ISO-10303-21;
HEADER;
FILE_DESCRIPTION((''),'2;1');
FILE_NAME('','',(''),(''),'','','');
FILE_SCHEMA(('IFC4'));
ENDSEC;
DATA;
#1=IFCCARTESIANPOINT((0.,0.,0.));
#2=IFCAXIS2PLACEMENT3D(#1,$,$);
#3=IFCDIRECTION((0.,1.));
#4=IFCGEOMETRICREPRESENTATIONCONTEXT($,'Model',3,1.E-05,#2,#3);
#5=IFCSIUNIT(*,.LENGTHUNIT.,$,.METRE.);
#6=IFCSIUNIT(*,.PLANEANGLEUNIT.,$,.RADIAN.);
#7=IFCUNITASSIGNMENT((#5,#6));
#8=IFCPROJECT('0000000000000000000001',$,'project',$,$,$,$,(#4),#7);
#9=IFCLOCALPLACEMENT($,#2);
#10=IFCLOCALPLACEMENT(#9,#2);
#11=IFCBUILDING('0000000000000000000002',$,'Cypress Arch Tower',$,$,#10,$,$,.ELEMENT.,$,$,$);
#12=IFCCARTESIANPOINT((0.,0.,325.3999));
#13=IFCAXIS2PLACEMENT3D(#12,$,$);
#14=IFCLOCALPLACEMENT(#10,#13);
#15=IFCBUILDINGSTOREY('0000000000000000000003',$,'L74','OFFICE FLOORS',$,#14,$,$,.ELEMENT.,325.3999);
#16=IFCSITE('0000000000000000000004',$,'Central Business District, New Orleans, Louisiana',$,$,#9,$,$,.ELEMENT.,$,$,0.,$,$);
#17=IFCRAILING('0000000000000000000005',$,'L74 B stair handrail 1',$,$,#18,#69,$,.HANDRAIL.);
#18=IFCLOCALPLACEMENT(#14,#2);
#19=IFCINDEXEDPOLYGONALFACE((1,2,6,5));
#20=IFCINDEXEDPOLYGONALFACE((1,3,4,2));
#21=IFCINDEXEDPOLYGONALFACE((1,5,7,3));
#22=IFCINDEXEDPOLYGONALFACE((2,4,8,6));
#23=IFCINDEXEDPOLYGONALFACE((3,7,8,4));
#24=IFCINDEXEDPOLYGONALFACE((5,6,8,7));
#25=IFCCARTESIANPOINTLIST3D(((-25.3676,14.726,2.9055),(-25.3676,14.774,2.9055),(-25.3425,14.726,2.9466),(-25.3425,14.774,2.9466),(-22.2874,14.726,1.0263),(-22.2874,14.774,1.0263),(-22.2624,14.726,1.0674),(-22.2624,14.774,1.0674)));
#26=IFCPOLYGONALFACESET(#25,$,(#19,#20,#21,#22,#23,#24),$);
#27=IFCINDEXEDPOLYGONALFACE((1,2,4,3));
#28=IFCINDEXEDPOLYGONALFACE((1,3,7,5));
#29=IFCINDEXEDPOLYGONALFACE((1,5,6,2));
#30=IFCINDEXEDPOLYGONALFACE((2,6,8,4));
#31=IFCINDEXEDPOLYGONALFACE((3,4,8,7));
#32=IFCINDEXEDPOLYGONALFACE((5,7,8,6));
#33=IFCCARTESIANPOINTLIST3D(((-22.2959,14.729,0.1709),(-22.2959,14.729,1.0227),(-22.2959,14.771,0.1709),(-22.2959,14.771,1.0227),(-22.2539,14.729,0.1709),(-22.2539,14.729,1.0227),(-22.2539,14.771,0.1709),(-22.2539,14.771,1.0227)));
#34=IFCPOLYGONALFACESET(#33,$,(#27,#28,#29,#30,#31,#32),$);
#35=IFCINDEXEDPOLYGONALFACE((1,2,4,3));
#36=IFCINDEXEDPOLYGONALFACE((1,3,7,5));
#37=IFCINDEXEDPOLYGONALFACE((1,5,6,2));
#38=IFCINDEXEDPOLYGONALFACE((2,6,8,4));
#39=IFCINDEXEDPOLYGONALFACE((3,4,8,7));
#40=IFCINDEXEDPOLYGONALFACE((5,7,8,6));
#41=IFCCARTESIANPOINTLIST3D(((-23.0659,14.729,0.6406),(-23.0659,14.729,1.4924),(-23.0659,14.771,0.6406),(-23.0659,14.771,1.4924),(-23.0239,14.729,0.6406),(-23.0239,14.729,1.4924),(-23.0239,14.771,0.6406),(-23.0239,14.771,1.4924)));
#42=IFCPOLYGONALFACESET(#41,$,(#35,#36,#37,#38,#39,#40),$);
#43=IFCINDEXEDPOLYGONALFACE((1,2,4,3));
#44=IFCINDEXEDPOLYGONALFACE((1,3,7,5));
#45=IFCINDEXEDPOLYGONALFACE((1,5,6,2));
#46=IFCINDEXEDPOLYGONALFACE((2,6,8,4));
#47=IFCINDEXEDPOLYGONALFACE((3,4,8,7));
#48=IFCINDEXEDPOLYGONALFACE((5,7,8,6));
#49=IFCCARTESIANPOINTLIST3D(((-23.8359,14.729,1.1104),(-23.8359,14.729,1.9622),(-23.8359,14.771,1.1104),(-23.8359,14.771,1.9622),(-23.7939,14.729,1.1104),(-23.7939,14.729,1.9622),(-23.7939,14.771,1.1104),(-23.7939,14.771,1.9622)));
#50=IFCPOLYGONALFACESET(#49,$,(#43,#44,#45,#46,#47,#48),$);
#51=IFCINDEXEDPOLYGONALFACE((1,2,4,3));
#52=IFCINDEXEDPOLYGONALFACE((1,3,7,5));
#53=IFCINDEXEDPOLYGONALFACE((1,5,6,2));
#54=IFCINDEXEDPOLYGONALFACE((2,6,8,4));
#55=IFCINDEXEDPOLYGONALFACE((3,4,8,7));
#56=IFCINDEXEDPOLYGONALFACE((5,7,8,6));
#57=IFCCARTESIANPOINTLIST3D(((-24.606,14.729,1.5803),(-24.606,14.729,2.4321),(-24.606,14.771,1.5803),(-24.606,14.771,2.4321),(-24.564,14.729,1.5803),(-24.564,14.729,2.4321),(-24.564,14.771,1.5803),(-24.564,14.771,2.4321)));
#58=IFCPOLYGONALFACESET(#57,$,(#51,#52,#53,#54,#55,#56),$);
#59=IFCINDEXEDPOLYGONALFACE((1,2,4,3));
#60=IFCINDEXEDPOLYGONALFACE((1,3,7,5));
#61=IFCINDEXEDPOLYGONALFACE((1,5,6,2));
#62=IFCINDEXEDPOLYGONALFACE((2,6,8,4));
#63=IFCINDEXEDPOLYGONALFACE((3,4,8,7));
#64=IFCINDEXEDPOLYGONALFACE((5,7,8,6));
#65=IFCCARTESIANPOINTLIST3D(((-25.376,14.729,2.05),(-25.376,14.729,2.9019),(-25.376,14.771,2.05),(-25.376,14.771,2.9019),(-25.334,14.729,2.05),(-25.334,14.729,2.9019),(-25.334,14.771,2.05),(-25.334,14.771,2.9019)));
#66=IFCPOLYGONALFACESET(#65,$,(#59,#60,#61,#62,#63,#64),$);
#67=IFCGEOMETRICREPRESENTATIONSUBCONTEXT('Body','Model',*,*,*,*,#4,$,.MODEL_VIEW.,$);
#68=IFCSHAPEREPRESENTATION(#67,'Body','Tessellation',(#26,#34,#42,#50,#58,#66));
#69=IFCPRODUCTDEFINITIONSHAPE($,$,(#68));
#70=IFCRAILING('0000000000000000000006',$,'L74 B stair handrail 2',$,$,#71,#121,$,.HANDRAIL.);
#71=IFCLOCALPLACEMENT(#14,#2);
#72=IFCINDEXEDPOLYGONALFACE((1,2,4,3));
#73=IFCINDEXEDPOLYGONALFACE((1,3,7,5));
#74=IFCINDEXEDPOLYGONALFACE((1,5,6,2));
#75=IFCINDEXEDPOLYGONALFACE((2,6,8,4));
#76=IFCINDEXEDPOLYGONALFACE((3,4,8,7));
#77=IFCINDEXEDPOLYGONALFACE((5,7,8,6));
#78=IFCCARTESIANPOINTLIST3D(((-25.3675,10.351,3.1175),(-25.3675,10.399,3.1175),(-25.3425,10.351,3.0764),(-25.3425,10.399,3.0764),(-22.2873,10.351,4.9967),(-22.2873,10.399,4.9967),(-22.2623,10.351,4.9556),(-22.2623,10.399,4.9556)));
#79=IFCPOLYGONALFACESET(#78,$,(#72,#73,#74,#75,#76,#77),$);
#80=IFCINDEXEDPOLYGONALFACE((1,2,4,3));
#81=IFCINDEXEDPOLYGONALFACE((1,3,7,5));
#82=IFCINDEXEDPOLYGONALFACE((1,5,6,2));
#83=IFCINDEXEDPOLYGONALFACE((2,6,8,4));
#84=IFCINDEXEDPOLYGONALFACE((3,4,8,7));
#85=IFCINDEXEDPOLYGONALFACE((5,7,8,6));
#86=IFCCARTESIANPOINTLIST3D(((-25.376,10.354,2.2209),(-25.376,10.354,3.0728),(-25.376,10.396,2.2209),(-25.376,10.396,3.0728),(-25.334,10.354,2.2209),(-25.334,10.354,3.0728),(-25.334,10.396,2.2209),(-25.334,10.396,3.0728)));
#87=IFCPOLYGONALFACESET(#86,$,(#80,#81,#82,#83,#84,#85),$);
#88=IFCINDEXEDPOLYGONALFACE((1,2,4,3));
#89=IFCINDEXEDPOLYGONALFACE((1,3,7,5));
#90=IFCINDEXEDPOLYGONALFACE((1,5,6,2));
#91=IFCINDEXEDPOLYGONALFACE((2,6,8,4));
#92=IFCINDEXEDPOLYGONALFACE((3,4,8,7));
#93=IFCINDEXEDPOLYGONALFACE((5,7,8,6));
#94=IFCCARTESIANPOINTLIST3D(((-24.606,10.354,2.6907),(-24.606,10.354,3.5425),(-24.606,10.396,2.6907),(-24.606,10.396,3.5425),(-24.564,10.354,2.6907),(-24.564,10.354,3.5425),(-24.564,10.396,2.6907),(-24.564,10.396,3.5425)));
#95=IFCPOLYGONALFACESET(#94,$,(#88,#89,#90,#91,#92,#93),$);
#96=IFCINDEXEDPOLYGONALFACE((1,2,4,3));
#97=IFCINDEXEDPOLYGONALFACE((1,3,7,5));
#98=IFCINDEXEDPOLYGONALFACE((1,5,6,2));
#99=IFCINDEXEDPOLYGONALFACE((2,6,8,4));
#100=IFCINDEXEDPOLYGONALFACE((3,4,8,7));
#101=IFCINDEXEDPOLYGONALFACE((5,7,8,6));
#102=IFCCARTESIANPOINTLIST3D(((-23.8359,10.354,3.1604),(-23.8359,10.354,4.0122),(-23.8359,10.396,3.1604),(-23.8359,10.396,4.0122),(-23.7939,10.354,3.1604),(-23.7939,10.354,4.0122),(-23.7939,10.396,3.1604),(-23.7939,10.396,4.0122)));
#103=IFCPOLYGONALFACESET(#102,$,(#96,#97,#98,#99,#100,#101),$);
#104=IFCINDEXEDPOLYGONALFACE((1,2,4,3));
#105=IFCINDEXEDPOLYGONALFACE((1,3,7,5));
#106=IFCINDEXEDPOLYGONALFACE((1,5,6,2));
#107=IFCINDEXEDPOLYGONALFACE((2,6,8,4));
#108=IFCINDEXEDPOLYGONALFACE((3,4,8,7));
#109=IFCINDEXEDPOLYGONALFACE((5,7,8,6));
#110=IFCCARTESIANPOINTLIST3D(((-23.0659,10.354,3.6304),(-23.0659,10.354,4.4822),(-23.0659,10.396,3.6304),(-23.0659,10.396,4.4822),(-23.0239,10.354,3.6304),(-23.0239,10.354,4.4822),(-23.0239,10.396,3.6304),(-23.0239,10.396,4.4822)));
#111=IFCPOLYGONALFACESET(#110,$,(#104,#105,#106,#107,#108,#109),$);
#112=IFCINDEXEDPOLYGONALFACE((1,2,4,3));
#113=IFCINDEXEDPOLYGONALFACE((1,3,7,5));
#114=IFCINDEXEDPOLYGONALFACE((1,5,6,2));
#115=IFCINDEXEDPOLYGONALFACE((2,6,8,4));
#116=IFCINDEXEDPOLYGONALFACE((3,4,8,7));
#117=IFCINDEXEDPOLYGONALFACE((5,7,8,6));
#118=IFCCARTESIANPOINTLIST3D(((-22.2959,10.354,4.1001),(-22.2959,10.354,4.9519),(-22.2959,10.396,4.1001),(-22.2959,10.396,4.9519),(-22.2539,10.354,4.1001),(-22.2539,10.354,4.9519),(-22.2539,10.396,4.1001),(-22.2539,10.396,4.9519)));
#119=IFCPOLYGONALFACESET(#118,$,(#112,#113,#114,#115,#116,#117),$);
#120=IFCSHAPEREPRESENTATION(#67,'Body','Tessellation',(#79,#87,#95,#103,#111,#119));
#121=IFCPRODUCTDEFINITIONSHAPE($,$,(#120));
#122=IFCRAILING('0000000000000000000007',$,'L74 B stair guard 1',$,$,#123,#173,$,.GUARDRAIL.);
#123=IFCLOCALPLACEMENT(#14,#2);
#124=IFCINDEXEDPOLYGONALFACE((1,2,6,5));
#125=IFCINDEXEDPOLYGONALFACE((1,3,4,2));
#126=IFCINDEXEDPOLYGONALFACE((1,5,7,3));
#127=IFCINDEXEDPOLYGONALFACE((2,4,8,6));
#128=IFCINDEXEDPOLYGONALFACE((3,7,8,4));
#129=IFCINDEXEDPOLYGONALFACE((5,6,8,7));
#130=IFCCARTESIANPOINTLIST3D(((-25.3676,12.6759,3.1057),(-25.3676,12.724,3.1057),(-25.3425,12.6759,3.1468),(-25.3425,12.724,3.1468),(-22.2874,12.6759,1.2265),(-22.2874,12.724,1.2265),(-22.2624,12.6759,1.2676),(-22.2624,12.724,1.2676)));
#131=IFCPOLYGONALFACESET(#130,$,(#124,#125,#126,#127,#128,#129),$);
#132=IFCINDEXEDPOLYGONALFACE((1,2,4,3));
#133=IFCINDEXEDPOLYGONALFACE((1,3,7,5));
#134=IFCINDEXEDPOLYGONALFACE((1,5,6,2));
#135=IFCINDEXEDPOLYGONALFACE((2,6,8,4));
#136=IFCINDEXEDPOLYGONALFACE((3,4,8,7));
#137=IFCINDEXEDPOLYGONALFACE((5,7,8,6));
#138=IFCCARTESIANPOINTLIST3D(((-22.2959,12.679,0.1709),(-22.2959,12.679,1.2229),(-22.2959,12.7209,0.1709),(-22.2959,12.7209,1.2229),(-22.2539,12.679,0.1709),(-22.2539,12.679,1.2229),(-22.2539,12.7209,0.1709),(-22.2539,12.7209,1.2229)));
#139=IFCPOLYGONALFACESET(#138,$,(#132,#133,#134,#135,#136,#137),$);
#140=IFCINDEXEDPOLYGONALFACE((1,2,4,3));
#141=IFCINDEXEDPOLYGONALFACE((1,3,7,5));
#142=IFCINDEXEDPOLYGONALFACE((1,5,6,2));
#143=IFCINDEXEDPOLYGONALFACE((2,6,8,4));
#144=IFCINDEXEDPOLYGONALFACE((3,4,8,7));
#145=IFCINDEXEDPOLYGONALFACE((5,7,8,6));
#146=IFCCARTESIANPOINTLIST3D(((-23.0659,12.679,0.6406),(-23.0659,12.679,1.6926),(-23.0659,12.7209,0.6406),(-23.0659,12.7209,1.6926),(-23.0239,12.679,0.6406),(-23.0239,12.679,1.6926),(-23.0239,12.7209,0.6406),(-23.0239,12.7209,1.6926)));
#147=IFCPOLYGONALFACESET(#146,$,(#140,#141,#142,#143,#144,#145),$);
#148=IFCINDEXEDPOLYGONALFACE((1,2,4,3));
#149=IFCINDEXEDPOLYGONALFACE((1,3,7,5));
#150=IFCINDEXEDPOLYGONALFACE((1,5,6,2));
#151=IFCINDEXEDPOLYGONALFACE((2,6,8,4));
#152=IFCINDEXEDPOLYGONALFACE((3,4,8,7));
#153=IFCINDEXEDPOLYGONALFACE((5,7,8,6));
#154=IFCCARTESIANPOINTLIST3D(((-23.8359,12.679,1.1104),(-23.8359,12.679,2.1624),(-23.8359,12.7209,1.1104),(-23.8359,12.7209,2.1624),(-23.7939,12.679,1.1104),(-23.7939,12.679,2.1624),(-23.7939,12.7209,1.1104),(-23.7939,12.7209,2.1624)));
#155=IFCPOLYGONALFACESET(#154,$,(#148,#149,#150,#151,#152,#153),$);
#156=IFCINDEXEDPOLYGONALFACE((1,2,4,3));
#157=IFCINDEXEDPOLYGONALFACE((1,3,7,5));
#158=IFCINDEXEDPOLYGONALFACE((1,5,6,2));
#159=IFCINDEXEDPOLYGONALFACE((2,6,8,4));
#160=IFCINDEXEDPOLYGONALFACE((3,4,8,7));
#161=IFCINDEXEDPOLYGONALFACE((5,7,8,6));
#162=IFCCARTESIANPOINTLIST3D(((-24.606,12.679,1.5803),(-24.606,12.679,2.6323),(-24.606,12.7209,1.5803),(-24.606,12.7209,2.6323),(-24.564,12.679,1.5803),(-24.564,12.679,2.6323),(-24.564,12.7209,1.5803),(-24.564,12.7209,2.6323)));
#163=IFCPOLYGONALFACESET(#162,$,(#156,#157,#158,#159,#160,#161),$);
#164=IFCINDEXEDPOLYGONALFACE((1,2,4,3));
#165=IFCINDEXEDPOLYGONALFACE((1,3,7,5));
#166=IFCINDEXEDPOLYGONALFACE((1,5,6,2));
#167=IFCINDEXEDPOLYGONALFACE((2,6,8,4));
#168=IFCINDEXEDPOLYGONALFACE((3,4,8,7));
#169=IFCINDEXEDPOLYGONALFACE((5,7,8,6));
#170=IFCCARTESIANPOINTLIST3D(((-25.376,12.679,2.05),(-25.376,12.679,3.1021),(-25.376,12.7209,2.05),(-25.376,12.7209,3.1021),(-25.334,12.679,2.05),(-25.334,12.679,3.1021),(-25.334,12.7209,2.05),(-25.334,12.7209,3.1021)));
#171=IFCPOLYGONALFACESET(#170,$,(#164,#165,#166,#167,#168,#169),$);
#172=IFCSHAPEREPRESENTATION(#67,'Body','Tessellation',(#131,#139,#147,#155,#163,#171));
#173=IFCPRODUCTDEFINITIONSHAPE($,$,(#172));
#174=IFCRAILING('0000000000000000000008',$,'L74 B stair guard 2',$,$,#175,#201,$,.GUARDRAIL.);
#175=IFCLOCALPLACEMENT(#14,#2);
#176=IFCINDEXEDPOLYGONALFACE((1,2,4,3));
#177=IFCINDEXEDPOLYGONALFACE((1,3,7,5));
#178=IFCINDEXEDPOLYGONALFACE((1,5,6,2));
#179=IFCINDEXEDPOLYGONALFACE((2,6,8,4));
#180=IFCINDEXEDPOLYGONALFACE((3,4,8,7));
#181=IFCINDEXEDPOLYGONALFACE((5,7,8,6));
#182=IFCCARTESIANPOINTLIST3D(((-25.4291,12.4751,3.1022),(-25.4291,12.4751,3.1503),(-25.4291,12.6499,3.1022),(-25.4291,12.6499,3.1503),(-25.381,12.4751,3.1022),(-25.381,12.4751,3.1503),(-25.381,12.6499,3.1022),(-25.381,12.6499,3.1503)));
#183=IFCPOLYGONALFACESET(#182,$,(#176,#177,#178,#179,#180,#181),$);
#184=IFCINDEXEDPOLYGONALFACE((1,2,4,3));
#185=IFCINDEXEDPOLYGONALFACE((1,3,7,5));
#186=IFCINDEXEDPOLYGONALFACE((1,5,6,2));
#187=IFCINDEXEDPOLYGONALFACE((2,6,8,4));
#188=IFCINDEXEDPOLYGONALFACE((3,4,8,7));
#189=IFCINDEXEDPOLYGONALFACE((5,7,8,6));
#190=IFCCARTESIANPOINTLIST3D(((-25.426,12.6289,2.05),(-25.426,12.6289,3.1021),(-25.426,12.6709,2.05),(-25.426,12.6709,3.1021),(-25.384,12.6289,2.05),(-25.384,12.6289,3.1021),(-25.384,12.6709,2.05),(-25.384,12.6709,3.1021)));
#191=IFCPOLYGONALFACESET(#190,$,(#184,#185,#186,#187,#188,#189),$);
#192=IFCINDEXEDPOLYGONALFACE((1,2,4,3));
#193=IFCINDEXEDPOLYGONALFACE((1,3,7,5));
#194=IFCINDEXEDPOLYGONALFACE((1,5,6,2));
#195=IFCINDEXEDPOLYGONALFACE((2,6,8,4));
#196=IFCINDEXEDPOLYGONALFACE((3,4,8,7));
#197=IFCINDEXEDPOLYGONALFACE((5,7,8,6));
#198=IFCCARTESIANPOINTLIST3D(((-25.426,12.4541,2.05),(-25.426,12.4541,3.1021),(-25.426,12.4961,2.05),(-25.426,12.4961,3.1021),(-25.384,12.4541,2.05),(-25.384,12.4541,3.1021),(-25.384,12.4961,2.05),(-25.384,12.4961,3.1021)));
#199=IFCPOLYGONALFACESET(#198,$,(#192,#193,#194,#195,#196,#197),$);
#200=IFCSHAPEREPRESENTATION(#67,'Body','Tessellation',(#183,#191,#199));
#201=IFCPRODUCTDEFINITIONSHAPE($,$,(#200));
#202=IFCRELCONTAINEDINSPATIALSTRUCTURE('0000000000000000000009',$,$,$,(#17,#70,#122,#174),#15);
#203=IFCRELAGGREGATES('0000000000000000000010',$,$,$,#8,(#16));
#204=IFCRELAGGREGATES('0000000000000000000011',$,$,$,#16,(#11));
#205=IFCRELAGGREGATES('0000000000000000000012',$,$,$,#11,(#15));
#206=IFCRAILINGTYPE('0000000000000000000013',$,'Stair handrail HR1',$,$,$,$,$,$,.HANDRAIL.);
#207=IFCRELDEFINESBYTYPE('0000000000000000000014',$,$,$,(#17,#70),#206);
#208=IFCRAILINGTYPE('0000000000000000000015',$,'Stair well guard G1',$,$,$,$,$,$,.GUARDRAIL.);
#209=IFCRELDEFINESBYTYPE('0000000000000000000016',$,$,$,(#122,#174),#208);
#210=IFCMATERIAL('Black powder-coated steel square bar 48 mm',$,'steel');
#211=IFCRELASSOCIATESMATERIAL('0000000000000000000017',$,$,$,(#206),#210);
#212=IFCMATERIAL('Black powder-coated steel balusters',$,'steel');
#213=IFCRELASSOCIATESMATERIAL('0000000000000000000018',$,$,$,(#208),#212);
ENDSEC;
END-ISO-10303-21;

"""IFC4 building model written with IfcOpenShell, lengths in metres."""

from ifc_helpers import new_model, si_unit, direction, frame, origin, origin_2d, place, context, subcontext, project, spatial, rectangle, extrude, material, type_object, element, save


model = new_model("IFC4")

# Units and contexts
model_context = context("Model", 3, precision=1e-05, world=origin(), true_north=direction((0.0, 1.0)))
body_context = subcontext(model_context, "Body", "Model", "MODEL_VIEW")
ifc_project = project(units=[si_unit("LENGTHUNIT", "METRE"), si_unit("PLANEANGLEUNIT", "RADIAN")], contexts=[model_context])

# Site, building, storey
site_placement = place(None, origin())
site = spatial("IfcSite", under=ifc_project, at=site_placement, Name="Central Business District, New Orleans, Louisiana", CompositionType="ELEMENT", RefElevation=0.0)
building_placement = place(site_placement, origin())
building = spatial("IfcBuilding", under=site, at=building_placement, Name="Cypress Arch Tower", CompositionType="ELEMENT")
storey_placement = place(building_placement, frame((0.0, 0.0, 325.3999)))
storey = spatial("IfcBuildingStorey", under=building, at=storey_placement, Name="L74", Description="OFFICE FLOORS", CompositionType="ELEMENT", Elevation=325.3999)

# Railings
ifc_material_1 = material(Name="Black powder-coated steel square bar 48 mm", Category="steel")
railing_type_1 = type_object("IfcRailingType", Name="Stair handrail HR1", PredefinedType="HANDRAIL", material=ifc_material_1)
railing_1_placement = place(storey_placement, frame((-22.2749, 14.75, 0.1709)))
element("IfcRailing", 1, at=railing_1_placement, inside=storey, type_object=railing_type_1, Name="L74 B stair handrail 1", PredefinedType="HANDRAIL", context=body_context, shape_type="SweptSolid", body=[
    extrude(rectangle(XDim=0.0481, YDim=0.0481, at=origin_2d()), frame((0.0, 0.0, 0.876), z_axis=(-0.853666, 0.0, 0.52082), x_axis=(0.0, -1.0, 0.0)), (0.0, 0.0, 1.0), 3.6082),
    extrude(rectangle(XDim=0.042, YDim=0.042, at=origin_2d()), origin(), (0.0, 0.0, 1.0), 0.8518),
    extrude(rectangle(XDim=0.042, YDim=0.042, at=origin_2d()), frame((-0.77, 0.0, 0.4697)), (0.0, 0.0, 1.0), 0.8518),
    extrude(rectangle(XDim=0.042, YDim=0.042, at=origin_2d()), frame((-1.54, 0.0, 0.9395)), (0.0, 0.0, 1.0), 0.8518),
    extrude(rectangle(XDim=0.042, YDim=0.042, at=origin_2d()), frame((-2.3101, 0.0, 1.4094)), (0.0, 0.0, 1.0), 0.8518),
    extrude(rectangle(XDim=0.042, YDim=0.042, at=origin_2d()), frame((-3.0801, 0.0, 1.8792)), (0.0, 0.0, 1.0), 0.8518),
])
railing_2_placement = place(storey_placement, frame((-25.355, 10.375, 2.2209)))
element("IfcRailing", 2, at=railing_2_placement, inside=storey, type_object=railing_type_1, Name="L74 B stair handrail 2", PredefinedType="HANDRAIL", context=body_context, shape_type="SweptSolid", body=[
    extrude(rectangle(XDim=0.0481, YDim=0.0481, at=origin_2d()), frame((0.0, 0.0, 0.876), z_axis=(0.853666, 0.0, 0.52082), x_axis=(0.0, 1.0, 0.0)), (0.0, 0.0, 1.0), 3.6082),
    extrude(rectangle(XDim=0.042, YDim=0.042, at=origin_2d()), origin(), (0.0, 0.0, 1.0), 0.8518),
    extrude(rectangle(XDim=0.042, YDim=0.042, at=origin_2d()), frame((0.77, 0.0, 0.4697)), (0.0, 0.0, 1.0), 0.8518),
    extrude(rectangle(XDim=0.042, YDim=0.042, at=origin_2d()), frame((1.54, 0.0, 0.9395)), (0.0, 0.0, 1.0), 0.8518),
    extrude(rectangle(XDim=0.042, YDim=0.042, at=origin_2d()), frame((2.3101, 0.0, 1.4094)), (0.0, 0.0, 1.0), 0.8518),
    extrude(rectangle(XDim=0.042, YDim=0.042, at=origin_2d()), frame((3.0801, 0.0, 1.8792)), (0.0, 0.0, 1.0), 0.8518),
])
ifc_material_2 = material(Name="Black powder-coated steel balusters", Category="steel")
railing_type_2 = type_object("IfcRailingType", Name="Stair well guard G1", PredefinedType="GUARDRAIL", material=ifc_material_2)
railing_3_placement = place(storey_placement, frame((-22.2749, 12.7, 0.1709)))
element("IfcRailing", 3, at=railing_3_placement, inside=storey, type_object=railing_type_2, Name="L74 B stair guard 1", PredefinedType="GUARDRAIL", context=body_context, shape_type="SweptSolid", body=[
    extrude(rectangle(XDim=0.0481, YDim=0.0481, at=origin_2d()), frame((0.0, 0.0, 1.0762), z_axis=(-0.853666, 0.0, 0.52082), x_axis=(0.0, -1.0, 0.0)), (0.0, 0.0, 1.0), 3.6082),
    extrude(rectangle(XDim=0.042, YDim=0.042, at=origin_2d()), origin(), (0.0, 0.0, 1.0), 1.052),
    extrude(rectangle(XDim=0.042, YDim=0.042, at=origin_2d()), frame((-0.77, 0.0, 0.4697)), (0.0, 0.0, 1.0), 1.052),
    extrude(rectangle(XDim=0.042, YDim=0.042, at=origin_2d()), frame((-1.54, 0.0, 0.9395)), (0.0, 0.0, 1.0), 1.052),
    extrude(rectangle(XDim=0.042, YDim=0.042, at=origin_2d()), frame((-2.3101, 0.0, 1.4094)), (0.0, 0.0, 1.0), 1.052),
    extrude(rectangle(XDim=0.042, YDim=0.042, at=origin_2d()), frame((-3.0801, 0.0, 1.8792)), (0.0, 0.0, 1.0), 1.052),
])
railing_4_placement = place(storey_placement, frame((-25.405, 12.6499, 2.05)))
element("IfcRailing", 4, at=railing_4_placement, inside=storey, type_object=railing_type_2, Name="L74 B stair guard 2", PredefinedType="GUARDRAIL", context=body_context, shape_type="SweptSolid", body=[
    extrude(rectangle(XDim=0.0481, YDim=0.0481, at=origin_2d()), frame((0.0, 0.0, 1.0762), z_axis=(0.0, -1.0, 0.0), x_axis=(1.0, 0.0, 0.0)), (0.0, 0.0, 1.0), 0.1748),
    extrude(rectangle(XDim=0.042, YDim=0.042, at=origin_2d()), origin(), (0.0, 0.0, 1.0), 1.052),
    extrude(rectangle(XDim=0.042, YDim=0.042, at=origin_2d()), frame((0.0, -0.1748, 0.0)), (0.0, 0.0, 1.0), 1.052),
])

save(model, "model.ifc")
